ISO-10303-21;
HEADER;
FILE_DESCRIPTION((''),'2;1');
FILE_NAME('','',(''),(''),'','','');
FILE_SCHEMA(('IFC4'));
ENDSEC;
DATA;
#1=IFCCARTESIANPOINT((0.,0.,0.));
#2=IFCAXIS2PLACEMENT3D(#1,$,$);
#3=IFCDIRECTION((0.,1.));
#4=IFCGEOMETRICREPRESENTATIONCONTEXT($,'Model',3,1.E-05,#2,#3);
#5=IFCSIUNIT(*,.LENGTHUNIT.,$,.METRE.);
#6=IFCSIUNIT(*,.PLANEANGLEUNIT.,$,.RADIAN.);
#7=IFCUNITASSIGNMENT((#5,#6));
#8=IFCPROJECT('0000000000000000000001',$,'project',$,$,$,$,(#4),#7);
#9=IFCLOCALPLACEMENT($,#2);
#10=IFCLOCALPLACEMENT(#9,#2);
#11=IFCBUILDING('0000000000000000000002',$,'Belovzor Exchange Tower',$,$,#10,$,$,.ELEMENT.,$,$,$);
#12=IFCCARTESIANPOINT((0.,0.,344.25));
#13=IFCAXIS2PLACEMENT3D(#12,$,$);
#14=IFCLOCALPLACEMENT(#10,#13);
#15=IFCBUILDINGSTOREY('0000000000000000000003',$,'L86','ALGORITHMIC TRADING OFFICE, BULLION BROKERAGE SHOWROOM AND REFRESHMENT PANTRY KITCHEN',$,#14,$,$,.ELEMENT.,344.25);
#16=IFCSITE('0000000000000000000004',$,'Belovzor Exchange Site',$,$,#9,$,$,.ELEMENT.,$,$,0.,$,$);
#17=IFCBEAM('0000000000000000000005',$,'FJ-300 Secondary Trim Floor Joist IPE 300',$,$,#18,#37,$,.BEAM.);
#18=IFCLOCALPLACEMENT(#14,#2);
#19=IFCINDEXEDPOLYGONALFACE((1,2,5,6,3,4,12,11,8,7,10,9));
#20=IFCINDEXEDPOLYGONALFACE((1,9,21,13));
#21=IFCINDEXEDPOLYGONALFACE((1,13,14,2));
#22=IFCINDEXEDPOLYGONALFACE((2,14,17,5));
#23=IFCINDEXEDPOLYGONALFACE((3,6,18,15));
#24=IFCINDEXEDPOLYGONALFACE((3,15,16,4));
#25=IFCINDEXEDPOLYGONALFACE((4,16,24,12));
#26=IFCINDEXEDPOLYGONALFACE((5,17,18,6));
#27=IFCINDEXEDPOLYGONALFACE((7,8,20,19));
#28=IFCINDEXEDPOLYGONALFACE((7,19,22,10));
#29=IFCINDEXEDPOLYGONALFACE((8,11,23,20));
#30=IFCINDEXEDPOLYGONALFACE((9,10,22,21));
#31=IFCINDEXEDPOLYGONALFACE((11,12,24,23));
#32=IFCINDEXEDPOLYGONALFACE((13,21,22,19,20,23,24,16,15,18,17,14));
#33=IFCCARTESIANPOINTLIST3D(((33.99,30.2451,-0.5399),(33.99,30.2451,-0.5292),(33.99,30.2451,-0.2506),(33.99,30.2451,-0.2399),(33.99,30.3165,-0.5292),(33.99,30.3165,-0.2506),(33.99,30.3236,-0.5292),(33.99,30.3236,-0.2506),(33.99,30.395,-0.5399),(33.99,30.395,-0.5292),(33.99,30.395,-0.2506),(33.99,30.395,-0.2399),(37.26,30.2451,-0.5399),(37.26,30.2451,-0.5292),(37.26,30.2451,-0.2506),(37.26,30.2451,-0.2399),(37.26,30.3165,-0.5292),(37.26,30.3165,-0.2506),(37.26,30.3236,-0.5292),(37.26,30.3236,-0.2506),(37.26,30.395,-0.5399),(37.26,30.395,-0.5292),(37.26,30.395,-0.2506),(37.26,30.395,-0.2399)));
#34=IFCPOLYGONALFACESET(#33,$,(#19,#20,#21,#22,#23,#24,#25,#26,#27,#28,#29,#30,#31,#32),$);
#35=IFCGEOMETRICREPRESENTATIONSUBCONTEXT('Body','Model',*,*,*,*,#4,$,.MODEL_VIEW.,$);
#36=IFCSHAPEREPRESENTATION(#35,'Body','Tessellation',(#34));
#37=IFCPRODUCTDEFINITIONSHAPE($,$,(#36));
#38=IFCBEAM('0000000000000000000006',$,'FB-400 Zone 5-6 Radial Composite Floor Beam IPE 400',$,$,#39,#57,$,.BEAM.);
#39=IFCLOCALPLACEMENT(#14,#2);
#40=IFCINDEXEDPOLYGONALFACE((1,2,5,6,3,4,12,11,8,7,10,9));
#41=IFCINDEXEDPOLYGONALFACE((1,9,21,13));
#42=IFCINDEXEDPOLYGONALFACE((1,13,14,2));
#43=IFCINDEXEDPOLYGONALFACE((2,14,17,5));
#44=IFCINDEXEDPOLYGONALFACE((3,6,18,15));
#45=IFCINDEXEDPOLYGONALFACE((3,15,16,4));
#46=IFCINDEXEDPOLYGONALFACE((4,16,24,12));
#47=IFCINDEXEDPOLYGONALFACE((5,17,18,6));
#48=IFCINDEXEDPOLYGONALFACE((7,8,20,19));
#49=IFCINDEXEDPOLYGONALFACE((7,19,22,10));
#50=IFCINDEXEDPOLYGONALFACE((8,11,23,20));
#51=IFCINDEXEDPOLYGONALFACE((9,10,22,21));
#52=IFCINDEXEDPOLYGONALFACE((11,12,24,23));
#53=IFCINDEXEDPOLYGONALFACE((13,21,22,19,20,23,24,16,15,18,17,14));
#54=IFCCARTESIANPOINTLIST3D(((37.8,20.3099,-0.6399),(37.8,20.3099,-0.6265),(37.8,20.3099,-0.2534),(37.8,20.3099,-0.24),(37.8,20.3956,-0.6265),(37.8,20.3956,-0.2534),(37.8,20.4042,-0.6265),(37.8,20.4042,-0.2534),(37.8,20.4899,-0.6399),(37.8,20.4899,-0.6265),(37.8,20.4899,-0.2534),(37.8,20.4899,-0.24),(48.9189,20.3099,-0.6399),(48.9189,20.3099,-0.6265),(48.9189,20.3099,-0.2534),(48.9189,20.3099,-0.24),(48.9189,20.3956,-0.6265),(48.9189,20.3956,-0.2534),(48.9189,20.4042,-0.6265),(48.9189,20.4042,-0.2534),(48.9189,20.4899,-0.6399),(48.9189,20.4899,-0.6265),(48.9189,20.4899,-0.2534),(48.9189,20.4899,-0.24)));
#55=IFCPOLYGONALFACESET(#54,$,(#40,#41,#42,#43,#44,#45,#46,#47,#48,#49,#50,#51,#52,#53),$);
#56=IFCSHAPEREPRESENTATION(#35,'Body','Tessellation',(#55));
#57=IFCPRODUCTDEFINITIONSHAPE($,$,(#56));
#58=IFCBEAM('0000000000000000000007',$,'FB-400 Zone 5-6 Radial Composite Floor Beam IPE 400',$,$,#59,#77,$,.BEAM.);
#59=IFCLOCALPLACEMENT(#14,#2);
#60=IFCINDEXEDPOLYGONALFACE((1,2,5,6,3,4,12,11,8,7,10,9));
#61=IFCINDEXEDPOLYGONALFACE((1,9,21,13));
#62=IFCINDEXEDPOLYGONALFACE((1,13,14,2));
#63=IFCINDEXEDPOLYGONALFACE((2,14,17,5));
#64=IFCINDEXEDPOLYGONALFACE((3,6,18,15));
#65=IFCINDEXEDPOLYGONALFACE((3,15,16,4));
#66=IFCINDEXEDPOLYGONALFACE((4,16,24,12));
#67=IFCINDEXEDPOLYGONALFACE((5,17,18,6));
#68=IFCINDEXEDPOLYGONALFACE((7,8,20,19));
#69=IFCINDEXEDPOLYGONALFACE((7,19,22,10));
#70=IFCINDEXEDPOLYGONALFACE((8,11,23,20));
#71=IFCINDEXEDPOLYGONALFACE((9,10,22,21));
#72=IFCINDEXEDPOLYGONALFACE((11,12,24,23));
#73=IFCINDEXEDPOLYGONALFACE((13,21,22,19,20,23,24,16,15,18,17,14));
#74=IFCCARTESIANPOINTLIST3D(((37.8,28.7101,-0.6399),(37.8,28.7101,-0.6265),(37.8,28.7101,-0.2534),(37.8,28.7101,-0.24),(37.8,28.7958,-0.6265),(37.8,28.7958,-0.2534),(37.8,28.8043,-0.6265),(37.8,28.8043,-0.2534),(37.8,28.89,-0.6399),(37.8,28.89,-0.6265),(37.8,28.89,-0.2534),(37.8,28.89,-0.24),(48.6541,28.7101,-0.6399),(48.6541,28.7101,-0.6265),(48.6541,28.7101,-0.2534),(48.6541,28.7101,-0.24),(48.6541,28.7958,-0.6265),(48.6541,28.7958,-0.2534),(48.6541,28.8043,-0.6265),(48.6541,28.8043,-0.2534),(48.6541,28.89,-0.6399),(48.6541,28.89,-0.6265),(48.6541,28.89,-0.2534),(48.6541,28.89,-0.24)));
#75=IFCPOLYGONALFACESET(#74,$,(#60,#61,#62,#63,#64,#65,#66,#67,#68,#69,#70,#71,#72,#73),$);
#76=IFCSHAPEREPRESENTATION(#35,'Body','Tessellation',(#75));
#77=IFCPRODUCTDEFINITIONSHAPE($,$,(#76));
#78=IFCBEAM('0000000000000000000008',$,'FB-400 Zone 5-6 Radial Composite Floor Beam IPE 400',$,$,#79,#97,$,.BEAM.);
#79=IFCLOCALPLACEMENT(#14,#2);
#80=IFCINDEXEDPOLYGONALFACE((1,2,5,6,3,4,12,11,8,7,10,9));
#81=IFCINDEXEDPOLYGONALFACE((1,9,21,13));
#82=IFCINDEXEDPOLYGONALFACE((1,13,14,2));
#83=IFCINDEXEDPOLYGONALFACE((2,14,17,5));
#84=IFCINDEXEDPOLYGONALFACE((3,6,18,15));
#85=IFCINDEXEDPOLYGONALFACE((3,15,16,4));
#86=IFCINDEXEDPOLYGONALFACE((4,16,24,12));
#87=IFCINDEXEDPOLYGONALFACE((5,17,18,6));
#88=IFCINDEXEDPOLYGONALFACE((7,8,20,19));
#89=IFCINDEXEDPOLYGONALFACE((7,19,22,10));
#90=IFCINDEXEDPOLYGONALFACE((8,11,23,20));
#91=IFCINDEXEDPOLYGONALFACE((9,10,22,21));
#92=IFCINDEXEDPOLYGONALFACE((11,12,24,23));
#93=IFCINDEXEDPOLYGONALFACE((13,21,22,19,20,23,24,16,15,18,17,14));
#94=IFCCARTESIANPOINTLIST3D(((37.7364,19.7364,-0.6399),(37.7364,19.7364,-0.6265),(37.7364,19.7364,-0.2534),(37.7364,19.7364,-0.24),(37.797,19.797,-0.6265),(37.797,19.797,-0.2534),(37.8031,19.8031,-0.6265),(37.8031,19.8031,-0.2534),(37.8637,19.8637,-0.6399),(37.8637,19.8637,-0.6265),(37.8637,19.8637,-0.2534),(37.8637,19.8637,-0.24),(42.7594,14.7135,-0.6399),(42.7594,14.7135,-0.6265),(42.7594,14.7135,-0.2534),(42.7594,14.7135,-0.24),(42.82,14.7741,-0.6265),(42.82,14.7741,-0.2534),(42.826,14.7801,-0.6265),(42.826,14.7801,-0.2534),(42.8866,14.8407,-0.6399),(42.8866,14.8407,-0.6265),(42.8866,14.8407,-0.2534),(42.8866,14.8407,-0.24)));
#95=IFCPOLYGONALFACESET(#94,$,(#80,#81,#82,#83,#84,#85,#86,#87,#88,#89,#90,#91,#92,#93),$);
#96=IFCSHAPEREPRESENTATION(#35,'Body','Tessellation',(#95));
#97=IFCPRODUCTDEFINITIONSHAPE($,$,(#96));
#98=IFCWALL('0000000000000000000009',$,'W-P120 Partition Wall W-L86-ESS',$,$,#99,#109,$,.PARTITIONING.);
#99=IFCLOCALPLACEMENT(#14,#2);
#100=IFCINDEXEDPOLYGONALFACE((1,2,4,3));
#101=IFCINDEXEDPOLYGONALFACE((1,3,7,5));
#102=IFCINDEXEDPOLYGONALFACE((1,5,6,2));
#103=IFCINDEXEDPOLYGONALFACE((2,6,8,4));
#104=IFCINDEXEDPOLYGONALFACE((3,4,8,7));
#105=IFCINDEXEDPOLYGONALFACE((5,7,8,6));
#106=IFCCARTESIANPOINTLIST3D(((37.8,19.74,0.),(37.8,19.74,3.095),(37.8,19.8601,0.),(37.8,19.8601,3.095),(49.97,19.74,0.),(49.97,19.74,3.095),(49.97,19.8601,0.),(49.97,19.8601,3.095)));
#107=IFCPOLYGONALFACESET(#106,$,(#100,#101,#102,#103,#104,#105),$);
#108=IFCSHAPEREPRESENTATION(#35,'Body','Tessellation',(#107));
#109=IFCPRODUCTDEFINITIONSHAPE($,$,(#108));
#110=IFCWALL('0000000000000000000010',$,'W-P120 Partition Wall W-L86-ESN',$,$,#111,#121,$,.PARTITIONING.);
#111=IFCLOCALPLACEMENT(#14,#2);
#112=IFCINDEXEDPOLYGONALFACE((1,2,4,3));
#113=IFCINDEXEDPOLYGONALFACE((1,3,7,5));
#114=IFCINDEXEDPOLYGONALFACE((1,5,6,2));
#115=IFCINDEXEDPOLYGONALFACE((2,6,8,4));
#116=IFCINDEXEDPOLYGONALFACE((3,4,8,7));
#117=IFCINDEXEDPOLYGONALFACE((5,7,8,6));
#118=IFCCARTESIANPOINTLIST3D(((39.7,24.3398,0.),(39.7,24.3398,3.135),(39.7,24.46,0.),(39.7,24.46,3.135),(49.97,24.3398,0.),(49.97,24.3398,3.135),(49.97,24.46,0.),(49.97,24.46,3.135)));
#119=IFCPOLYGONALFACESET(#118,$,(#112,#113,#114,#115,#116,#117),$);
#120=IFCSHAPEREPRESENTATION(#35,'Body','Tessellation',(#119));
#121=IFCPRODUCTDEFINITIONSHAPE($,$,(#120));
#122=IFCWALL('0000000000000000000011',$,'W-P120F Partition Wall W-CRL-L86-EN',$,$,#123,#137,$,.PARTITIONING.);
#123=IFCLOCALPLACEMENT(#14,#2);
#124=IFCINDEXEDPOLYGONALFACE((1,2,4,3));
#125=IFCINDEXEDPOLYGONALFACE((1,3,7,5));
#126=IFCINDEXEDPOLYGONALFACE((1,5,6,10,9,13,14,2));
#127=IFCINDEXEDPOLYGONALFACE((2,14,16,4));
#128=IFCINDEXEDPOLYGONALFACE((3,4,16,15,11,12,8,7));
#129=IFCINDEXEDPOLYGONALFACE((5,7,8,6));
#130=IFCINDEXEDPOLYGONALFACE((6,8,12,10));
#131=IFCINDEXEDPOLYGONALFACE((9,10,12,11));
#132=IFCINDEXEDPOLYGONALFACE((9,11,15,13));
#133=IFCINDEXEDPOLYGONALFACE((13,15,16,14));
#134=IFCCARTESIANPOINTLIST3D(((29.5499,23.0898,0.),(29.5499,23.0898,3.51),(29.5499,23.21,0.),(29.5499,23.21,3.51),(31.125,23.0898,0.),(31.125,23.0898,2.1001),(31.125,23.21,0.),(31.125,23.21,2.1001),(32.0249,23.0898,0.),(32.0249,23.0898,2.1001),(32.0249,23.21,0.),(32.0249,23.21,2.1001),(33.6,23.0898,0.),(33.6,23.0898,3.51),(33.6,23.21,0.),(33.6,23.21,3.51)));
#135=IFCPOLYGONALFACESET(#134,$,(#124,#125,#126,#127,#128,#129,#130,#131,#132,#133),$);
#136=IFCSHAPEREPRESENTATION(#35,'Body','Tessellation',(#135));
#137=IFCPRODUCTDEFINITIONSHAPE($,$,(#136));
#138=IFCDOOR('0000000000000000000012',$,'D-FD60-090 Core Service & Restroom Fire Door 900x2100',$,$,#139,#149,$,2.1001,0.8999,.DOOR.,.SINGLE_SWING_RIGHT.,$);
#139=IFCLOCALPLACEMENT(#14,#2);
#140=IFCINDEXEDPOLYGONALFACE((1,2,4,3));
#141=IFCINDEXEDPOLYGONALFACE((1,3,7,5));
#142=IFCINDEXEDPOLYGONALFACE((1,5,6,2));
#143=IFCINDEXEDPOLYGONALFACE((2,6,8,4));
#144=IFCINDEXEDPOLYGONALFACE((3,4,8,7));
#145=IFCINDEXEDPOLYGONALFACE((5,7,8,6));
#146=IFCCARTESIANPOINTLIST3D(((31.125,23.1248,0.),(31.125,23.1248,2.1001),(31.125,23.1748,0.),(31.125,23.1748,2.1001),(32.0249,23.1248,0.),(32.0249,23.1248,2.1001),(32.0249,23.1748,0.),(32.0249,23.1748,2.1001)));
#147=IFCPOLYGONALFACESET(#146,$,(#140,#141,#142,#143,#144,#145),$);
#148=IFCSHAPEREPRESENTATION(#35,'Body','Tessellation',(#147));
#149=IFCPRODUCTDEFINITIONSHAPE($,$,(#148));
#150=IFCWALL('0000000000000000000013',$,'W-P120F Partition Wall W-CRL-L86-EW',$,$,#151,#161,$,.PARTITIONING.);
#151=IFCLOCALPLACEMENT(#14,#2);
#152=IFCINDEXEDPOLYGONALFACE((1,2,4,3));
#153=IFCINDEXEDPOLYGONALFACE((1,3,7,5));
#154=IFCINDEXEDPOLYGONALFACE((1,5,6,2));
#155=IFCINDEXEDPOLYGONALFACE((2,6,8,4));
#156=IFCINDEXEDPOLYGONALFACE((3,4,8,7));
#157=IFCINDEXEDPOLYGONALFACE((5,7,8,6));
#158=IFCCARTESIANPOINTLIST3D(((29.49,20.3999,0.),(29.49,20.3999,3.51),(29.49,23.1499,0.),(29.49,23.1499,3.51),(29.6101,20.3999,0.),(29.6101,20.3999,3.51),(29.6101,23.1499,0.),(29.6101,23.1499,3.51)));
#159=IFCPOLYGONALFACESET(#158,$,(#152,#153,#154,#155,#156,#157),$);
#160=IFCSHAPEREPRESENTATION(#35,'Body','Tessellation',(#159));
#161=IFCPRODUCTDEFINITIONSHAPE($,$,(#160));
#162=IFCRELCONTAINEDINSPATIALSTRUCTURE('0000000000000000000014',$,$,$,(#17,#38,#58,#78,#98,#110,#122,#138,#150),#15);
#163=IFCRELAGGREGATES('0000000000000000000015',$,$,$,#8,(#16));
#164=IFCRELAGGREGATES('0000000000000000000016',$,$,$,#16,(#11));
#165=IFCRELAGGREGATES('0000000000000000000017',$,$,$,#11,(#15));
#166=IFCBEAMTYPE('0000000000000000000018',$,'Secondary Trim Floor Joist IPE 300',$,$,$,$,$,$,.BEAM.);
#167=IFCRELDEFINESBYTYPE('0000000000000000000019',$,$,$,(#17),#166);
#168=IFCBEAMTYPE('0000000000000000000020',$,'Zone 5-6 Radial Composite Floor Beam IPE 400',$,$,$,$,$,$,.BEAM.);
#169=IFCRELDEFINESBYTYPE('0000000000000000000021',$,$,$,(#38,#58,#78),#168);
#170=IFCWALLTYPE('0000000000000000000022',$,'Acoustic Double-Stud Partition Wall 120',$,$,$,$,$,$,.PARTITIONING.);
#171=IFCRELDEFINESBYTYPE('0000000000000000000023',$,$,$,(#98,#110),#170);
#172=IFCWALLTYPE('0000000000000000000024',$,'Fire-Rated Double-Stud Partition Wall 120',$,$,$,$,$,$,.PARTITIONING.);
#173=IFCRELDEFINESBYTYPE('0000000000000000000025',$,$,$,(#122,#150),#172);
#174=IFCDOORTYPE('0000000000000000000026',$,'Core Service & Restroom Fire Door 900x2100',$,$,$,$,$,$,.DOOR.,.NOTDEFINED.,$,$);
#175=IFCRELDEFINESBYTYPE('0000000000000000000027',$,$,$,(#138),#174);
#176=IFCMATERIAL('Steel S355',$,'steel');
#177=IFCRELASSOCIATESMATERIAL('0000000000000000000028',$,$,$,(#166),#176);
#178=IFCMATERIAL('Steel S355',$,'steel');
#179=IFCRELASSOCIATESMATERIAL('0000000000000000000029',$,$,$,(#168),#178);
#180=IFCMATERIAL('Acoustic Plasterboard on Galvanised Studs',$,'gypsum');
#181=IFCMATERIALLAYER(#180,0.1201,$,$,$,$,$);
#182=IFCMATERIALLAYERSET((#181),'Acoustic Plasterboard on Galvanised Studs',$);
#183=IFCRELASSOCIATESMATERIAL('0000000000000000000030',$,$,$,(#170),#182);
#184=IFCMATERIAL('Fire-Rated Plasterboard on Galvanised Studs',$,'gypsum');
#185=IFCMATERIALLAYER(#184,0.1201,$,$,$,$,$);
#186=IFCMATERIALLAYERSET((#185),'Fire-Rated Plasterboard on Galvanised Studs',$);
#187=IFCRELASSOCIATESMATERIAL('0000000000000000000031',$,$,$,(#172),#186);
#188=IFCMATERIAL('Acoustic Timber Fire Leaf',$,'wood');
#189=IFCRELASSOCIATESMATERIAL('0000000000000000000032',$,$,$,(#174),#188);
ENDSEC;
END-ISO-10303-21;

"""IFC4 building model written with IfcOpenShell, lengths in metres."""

from ifc_helpers import new_model, si_unit, direction, frame, frame_2d, origin, origin_2d, place, context, subcontext, project, spatial, rectangle, i_section, extrude, material, layer, layer_set, material_profile, profile_set, type_object, element, fill, save


model = new_model("IFC4")

# Units and contexts
model_context = context("Model", 3, precision=1e-05, world=origin(), true_north=direction((0.0, 1.0)))
body_context = subcontext(model_context, "Body", "Model", "MODEL_VIEW")
ifc_project = project(units=[si_unit("LENGTHUNIT", "METRE"), si_unit("PLANEANGLEUNIT", "RADIAN")], contexts=[model_context])

# Site, building, storey
site_placement = place(None, origin())
site = spatial("IfcSite", under=ifc_project, at=site_placement, Name="Belovzor Exchange Site", CompositionType="ELEMENT", RefElevation=0.0)
building_placement = place(site_placement, origin())
building = spatial("IfcBuilding", under=site, at=building_placement, Name="Belovzor Exchange Tower", CompositionType="ELEMENT")
storey_placement = place(building_placement, frame((0.0, 0.0, 344.25)))
storey = spatial("IfcBuildingStorey", under=building, at=storey_placement, Name="L86", Description="ALGORITHMIC TRADING OFFICE, BULLION BROKERAGE SHOWROOM AND REFRESHMENT PANTRY KITCHEN", CompositionType="ELEMENT", Elevation=344.25)

# Beams
ifc_material_1 = material(Name="Steel S355", Category="steel")
ifc_material_profile_1 = material_profile(ifc_material_1, i_section(OverallWidth=0.1499, OverallDepth=0.3, WebThickness=0.0071, FlangeThickness=0.0107, at=origin_2d()))
ifc_profile_set_1 = profile_set([ifc_material_profile_1], Name="Steel S355")
beam_type_1 = type_object("IfcBeamType", Name="Secondary Trim Floor Joist IPE 300", PredefinedType="BEAM", material=ifc_profile_set_1)
beam_1_placement = place(storey_placement, frame((37.26, 30.3201, -0.3899), z_axis=(-1.0, 0.0, 0.0), x_axis=(0.0, -1.0, 0.0)))
element("IfcBeam", 1, at=beam_1_placement, inside=storey, type_object=beam_type_1, Name="FJ-300 Secondary Trim Floor Joist IPE 300", PredefinedType="BEAM", context=body_context, shape_type="SweptSolid", body=[
    extrude(i_section(OverallWidth=0.1499, OverallDepth=0.3, WebThickness=0.0071, FlangeThickness=0.0107, at=origin_2d()), origin(), (0.0, 0.0, 1.0), 3.27),
])
ifc_material_2 = material(Name="Steel S355", Category="steel")
ifc_material_profile_2 = material_profile(ifc_material_2, i_section(OverallWidth=0.1799, OverallDepth=0.3999, WebThickness=0.0085, FlangeThickness=0.0134, at=origin_2d()))
ifc_profile_set_2 = profile_set([ifc_material_profile_2], Name="Steel S355")
beam_type_2 = type_object("IfcBeamType", Name="Zone 5-6 Radial Composite Floor Beam IPE 400", PredefinedType="BEAM", material=ifc_profile_set_2)
beam_2_placement = place(storey_placement, frame((37.8, 20.3999, -0.4399), z_axis=(1.0, 0.0, 0.0), x_axis=(0.0, 1.0, 0.0)))
element("IfcBeam", 2, at=beam_2_placement, inside=storey, type_object=beam_type_2, Name="FB-400 Zone 5-6 Radial Composite Floor Beam IPE 400", PredefinedType="BEAM", context=body_context, shape_type="SweptSolid", body=[
    extrude(i_section(OverallWidth=0.1799, OverallDepth=0.3999, WebThickness=0.0085, FlangeThickness=0.0134, at=origin_2d()), origin(), (0.0, 0.0, 1.0), 11.1189),
])
beam_3_placement = place(storey_placement, frame((37.8, 28.8, -0.4399), z_axis=(1.0, 0.0, 0.0), x_axis=(0.0, 1.0, 0.0)))
element("IfcBeam", 3, at=beam_3_placement, inside=storey, type_object=beam_type_2, Name="FB-400 Zone 5-6 Radial Composite Floor Beam IPE 400", PredefinedType="BEAM", context=body_context, shape_type="SweptSolid", body=[
    extrude(i_section(OverallWidth=0.1799, OverallDepth=0.3999, WebThickness=0.0085, FlangeThickness=0.0134, at=origin_2d()), origin(), (0.0, 0.0, 1.0), 10.854),
])
beam_4_placement = place(storey_placement, frame((37.8, 19.8, -0.4399), z_axis=(0.707107, -0.707107, 0.0), x_axis=(0.707107, 0.707107, 0.0)))
element("IfcBeam", 4, at=beam_4_placement, inside=storey, type_object=beam_type_2, Name="FB-400 Zone 5-6 Radial Composite Floor Beam IPE 400", PredefinedType="BEAM", context=body_context, shape_type="SweptSolid", body=[
    extrude(i_section(OverallWidth=0.1799, OverallDepth=0.3999, WebThickness=0.0085, FlangeThickness=0.0134, at=origin_2d()), origin(), (0.0, 0.0, 1.0), 7.1035),
])

# Walls
ifc_material_3 = material(Name="Acoustic Plasterboard on Galvanised Studs", Category="gypsum")
ifc_layer_1 = layer(ifc_material_3, 0.1201)
ifc_layer_set_1 = layer_set([ifc_layer_1], Name="Acoustic Plasterboard on Galvanised Studs")
wall_type_1 = type_object("IfcWallType", Name="Acoustic Double-Stud Partition Wall 120", PredefinedType="PARTITIONING", material=ifc_layer_set_1)
wall_1_placement = place(storey_placement, frame((37.8, 19.8, 0.0), z_axis=(0.0, 0.0, 1.0), x_axis=(1.0, 0.0, 0.0)))
element("IfcWall", 5, at=wall_1_placement, inside=storey, type_object=wall_type_1, Name="W-P120 Partition Wall W-L86-ESS", PredefinedType="PARTITIONING", context=body_context, shape_type="SweptSolid", body=[
    extrude(rectangle(XDim=12.1699, YDim=0.1201, at=frame_2d((6.085, 0.0))), origin(), (0.0, 0.0, 1.0), 3.095),
])
wall_2_placement = place(storey_placement, frame((39.7, 24.3999, 0.0), z_axis=(0.0, 0.0, 1.0), x_axis=(1.0, 0.0, 0.0)))
element("IfcWall", 6, at=wall_2_placement, inside=storey, type_object=wall_type_1, Name="W-P120 Partition Wall W-L86-ESN", PredefinedType="PARTITIONING", context=body_context, shape_type="SweptSolid", body=[
    extrude(rectangle(XDim=10.27, YDim=0.1201, at=frame_2d((5.135, 0.0))), origin(), (0.0, 0.0, 1.0), 3.135),
])

# Wall, opening, door
ifc_material_4 = material(Name="Fire-Rated Plasterboard on Galvanised Studs", Category="gypsum")
ifc_layer_2 = layer(ifc_material_4, 0.1201)
ifc_layer_set_2 = layer_set([ifc_layer_2], Name="Fire-Rated Plasterboard on Galvanised Studs")
wall_type_2 = type_object("IfcWallType", Name="Fire-Rated Double-Stud Partition Wall 120", PredefinedType="PARTITIONING", material=ifc_layer_set_2)
wall_3_placement = place(storey_placement, frame((29.55, 23.1499, 0.0), z_axis=(0.0, 0.0, 1.0), x_axis=(1.0, 0.0, 0.0)))
wall_3 = element("IfcWall", 7, at=wall_3_placement, inside=storey, type_object=wall_type_2, Name="W-P120F Partition Wall W-CRL-L86-EN", PredefinedType="PARTITIONING", context=body_context, shape_type="SweptSolid", body=[
    extrude(rectangle(XDim=4.05, YDim=0.1201, at=frame_2d((2.0249, 0.0))), origin(), (0.0, 0.0, 1.0), 3.51),
])
opening_1_placement = place(wall_3_placement, frame((1.575, 0.0, 0.0)))
opening_1 = element("IfcOpeningElement", 8, at=opening_1_placement, cuts=wall_3, PredefinedType="OPENING", context=body_context, shape_type="SweptSolid", body=[
    extrude(rectangle(XDim=0.8999, YDim=2.1001, at=frame_2d((0.45, 1.05))), frame((0.0, 0.0701, 0.0), z_axis=(0.0, -1.0, 0.0), x_axis=(1.0, 0.0, 0.0)), (0.0, 0.0, 1.0), 0.1401),
])
ifc_material_5 = material(Name="Acoustic Timber Fire Leaf", Category="wood")
door_type_1 = type_object("IfcDoorType", Name="Core Service & Restroom Fire Door 900x2100", OperationType="NOTDEFINED", PredefinedType="DOOR", material=ifc_material_5)
door_1_placement = place(opening_1_placement, origin())
door_1 = element("IfcDoor", 9, at=door_1_placement, inside=storey, type_object=door_type_1, Name="D-FD60-090 Core Service & Restroom Fire Door 900x2100", OperationType="SINGLE_SWING_RIGHT", OverallHeight=2.1001, OverallWidth=0.8999, PredefinedType="DOOR", context=body_context, shape_type="SweptSolid", body=[
    extrude(rectangle(XDim=0.8999, YDim=2.1001, at=frame_2d((0.45, 1.05))), frame((0.0, 0.0249, 0.0), z_axis=(0.0, -1.0, 0.0), x_axis=(1.0, 0.0, 0.0)), (0.0, 0.0, 1.0), 0.05),
])
fill(opening_1, door_1)

# Wall
wall_4_placement = place(storey_placement, frame((29.55, 20.3999, 0.0), z_axis=(0.0, 0.0, 1.0), x_axis=(0.0, 1.0, 0.0)))
element("IfcWall", 10, at=wall_4_placement, inside=storey, type_object=wall_type_2, Name="W-P120F Partition Wall W-CRL-L86-EW", PredefinedType="PARTITIONING", context=body_context, shape_type="SweptSolid", body=[
    extrude(rectangle(XDim=2.75, YDim=0.1201, at=frame_2d((1.375, 0.0))), origin(), (0.0, 0.0, 1.0), 3.51),
])

save(model, "model.ifc")
